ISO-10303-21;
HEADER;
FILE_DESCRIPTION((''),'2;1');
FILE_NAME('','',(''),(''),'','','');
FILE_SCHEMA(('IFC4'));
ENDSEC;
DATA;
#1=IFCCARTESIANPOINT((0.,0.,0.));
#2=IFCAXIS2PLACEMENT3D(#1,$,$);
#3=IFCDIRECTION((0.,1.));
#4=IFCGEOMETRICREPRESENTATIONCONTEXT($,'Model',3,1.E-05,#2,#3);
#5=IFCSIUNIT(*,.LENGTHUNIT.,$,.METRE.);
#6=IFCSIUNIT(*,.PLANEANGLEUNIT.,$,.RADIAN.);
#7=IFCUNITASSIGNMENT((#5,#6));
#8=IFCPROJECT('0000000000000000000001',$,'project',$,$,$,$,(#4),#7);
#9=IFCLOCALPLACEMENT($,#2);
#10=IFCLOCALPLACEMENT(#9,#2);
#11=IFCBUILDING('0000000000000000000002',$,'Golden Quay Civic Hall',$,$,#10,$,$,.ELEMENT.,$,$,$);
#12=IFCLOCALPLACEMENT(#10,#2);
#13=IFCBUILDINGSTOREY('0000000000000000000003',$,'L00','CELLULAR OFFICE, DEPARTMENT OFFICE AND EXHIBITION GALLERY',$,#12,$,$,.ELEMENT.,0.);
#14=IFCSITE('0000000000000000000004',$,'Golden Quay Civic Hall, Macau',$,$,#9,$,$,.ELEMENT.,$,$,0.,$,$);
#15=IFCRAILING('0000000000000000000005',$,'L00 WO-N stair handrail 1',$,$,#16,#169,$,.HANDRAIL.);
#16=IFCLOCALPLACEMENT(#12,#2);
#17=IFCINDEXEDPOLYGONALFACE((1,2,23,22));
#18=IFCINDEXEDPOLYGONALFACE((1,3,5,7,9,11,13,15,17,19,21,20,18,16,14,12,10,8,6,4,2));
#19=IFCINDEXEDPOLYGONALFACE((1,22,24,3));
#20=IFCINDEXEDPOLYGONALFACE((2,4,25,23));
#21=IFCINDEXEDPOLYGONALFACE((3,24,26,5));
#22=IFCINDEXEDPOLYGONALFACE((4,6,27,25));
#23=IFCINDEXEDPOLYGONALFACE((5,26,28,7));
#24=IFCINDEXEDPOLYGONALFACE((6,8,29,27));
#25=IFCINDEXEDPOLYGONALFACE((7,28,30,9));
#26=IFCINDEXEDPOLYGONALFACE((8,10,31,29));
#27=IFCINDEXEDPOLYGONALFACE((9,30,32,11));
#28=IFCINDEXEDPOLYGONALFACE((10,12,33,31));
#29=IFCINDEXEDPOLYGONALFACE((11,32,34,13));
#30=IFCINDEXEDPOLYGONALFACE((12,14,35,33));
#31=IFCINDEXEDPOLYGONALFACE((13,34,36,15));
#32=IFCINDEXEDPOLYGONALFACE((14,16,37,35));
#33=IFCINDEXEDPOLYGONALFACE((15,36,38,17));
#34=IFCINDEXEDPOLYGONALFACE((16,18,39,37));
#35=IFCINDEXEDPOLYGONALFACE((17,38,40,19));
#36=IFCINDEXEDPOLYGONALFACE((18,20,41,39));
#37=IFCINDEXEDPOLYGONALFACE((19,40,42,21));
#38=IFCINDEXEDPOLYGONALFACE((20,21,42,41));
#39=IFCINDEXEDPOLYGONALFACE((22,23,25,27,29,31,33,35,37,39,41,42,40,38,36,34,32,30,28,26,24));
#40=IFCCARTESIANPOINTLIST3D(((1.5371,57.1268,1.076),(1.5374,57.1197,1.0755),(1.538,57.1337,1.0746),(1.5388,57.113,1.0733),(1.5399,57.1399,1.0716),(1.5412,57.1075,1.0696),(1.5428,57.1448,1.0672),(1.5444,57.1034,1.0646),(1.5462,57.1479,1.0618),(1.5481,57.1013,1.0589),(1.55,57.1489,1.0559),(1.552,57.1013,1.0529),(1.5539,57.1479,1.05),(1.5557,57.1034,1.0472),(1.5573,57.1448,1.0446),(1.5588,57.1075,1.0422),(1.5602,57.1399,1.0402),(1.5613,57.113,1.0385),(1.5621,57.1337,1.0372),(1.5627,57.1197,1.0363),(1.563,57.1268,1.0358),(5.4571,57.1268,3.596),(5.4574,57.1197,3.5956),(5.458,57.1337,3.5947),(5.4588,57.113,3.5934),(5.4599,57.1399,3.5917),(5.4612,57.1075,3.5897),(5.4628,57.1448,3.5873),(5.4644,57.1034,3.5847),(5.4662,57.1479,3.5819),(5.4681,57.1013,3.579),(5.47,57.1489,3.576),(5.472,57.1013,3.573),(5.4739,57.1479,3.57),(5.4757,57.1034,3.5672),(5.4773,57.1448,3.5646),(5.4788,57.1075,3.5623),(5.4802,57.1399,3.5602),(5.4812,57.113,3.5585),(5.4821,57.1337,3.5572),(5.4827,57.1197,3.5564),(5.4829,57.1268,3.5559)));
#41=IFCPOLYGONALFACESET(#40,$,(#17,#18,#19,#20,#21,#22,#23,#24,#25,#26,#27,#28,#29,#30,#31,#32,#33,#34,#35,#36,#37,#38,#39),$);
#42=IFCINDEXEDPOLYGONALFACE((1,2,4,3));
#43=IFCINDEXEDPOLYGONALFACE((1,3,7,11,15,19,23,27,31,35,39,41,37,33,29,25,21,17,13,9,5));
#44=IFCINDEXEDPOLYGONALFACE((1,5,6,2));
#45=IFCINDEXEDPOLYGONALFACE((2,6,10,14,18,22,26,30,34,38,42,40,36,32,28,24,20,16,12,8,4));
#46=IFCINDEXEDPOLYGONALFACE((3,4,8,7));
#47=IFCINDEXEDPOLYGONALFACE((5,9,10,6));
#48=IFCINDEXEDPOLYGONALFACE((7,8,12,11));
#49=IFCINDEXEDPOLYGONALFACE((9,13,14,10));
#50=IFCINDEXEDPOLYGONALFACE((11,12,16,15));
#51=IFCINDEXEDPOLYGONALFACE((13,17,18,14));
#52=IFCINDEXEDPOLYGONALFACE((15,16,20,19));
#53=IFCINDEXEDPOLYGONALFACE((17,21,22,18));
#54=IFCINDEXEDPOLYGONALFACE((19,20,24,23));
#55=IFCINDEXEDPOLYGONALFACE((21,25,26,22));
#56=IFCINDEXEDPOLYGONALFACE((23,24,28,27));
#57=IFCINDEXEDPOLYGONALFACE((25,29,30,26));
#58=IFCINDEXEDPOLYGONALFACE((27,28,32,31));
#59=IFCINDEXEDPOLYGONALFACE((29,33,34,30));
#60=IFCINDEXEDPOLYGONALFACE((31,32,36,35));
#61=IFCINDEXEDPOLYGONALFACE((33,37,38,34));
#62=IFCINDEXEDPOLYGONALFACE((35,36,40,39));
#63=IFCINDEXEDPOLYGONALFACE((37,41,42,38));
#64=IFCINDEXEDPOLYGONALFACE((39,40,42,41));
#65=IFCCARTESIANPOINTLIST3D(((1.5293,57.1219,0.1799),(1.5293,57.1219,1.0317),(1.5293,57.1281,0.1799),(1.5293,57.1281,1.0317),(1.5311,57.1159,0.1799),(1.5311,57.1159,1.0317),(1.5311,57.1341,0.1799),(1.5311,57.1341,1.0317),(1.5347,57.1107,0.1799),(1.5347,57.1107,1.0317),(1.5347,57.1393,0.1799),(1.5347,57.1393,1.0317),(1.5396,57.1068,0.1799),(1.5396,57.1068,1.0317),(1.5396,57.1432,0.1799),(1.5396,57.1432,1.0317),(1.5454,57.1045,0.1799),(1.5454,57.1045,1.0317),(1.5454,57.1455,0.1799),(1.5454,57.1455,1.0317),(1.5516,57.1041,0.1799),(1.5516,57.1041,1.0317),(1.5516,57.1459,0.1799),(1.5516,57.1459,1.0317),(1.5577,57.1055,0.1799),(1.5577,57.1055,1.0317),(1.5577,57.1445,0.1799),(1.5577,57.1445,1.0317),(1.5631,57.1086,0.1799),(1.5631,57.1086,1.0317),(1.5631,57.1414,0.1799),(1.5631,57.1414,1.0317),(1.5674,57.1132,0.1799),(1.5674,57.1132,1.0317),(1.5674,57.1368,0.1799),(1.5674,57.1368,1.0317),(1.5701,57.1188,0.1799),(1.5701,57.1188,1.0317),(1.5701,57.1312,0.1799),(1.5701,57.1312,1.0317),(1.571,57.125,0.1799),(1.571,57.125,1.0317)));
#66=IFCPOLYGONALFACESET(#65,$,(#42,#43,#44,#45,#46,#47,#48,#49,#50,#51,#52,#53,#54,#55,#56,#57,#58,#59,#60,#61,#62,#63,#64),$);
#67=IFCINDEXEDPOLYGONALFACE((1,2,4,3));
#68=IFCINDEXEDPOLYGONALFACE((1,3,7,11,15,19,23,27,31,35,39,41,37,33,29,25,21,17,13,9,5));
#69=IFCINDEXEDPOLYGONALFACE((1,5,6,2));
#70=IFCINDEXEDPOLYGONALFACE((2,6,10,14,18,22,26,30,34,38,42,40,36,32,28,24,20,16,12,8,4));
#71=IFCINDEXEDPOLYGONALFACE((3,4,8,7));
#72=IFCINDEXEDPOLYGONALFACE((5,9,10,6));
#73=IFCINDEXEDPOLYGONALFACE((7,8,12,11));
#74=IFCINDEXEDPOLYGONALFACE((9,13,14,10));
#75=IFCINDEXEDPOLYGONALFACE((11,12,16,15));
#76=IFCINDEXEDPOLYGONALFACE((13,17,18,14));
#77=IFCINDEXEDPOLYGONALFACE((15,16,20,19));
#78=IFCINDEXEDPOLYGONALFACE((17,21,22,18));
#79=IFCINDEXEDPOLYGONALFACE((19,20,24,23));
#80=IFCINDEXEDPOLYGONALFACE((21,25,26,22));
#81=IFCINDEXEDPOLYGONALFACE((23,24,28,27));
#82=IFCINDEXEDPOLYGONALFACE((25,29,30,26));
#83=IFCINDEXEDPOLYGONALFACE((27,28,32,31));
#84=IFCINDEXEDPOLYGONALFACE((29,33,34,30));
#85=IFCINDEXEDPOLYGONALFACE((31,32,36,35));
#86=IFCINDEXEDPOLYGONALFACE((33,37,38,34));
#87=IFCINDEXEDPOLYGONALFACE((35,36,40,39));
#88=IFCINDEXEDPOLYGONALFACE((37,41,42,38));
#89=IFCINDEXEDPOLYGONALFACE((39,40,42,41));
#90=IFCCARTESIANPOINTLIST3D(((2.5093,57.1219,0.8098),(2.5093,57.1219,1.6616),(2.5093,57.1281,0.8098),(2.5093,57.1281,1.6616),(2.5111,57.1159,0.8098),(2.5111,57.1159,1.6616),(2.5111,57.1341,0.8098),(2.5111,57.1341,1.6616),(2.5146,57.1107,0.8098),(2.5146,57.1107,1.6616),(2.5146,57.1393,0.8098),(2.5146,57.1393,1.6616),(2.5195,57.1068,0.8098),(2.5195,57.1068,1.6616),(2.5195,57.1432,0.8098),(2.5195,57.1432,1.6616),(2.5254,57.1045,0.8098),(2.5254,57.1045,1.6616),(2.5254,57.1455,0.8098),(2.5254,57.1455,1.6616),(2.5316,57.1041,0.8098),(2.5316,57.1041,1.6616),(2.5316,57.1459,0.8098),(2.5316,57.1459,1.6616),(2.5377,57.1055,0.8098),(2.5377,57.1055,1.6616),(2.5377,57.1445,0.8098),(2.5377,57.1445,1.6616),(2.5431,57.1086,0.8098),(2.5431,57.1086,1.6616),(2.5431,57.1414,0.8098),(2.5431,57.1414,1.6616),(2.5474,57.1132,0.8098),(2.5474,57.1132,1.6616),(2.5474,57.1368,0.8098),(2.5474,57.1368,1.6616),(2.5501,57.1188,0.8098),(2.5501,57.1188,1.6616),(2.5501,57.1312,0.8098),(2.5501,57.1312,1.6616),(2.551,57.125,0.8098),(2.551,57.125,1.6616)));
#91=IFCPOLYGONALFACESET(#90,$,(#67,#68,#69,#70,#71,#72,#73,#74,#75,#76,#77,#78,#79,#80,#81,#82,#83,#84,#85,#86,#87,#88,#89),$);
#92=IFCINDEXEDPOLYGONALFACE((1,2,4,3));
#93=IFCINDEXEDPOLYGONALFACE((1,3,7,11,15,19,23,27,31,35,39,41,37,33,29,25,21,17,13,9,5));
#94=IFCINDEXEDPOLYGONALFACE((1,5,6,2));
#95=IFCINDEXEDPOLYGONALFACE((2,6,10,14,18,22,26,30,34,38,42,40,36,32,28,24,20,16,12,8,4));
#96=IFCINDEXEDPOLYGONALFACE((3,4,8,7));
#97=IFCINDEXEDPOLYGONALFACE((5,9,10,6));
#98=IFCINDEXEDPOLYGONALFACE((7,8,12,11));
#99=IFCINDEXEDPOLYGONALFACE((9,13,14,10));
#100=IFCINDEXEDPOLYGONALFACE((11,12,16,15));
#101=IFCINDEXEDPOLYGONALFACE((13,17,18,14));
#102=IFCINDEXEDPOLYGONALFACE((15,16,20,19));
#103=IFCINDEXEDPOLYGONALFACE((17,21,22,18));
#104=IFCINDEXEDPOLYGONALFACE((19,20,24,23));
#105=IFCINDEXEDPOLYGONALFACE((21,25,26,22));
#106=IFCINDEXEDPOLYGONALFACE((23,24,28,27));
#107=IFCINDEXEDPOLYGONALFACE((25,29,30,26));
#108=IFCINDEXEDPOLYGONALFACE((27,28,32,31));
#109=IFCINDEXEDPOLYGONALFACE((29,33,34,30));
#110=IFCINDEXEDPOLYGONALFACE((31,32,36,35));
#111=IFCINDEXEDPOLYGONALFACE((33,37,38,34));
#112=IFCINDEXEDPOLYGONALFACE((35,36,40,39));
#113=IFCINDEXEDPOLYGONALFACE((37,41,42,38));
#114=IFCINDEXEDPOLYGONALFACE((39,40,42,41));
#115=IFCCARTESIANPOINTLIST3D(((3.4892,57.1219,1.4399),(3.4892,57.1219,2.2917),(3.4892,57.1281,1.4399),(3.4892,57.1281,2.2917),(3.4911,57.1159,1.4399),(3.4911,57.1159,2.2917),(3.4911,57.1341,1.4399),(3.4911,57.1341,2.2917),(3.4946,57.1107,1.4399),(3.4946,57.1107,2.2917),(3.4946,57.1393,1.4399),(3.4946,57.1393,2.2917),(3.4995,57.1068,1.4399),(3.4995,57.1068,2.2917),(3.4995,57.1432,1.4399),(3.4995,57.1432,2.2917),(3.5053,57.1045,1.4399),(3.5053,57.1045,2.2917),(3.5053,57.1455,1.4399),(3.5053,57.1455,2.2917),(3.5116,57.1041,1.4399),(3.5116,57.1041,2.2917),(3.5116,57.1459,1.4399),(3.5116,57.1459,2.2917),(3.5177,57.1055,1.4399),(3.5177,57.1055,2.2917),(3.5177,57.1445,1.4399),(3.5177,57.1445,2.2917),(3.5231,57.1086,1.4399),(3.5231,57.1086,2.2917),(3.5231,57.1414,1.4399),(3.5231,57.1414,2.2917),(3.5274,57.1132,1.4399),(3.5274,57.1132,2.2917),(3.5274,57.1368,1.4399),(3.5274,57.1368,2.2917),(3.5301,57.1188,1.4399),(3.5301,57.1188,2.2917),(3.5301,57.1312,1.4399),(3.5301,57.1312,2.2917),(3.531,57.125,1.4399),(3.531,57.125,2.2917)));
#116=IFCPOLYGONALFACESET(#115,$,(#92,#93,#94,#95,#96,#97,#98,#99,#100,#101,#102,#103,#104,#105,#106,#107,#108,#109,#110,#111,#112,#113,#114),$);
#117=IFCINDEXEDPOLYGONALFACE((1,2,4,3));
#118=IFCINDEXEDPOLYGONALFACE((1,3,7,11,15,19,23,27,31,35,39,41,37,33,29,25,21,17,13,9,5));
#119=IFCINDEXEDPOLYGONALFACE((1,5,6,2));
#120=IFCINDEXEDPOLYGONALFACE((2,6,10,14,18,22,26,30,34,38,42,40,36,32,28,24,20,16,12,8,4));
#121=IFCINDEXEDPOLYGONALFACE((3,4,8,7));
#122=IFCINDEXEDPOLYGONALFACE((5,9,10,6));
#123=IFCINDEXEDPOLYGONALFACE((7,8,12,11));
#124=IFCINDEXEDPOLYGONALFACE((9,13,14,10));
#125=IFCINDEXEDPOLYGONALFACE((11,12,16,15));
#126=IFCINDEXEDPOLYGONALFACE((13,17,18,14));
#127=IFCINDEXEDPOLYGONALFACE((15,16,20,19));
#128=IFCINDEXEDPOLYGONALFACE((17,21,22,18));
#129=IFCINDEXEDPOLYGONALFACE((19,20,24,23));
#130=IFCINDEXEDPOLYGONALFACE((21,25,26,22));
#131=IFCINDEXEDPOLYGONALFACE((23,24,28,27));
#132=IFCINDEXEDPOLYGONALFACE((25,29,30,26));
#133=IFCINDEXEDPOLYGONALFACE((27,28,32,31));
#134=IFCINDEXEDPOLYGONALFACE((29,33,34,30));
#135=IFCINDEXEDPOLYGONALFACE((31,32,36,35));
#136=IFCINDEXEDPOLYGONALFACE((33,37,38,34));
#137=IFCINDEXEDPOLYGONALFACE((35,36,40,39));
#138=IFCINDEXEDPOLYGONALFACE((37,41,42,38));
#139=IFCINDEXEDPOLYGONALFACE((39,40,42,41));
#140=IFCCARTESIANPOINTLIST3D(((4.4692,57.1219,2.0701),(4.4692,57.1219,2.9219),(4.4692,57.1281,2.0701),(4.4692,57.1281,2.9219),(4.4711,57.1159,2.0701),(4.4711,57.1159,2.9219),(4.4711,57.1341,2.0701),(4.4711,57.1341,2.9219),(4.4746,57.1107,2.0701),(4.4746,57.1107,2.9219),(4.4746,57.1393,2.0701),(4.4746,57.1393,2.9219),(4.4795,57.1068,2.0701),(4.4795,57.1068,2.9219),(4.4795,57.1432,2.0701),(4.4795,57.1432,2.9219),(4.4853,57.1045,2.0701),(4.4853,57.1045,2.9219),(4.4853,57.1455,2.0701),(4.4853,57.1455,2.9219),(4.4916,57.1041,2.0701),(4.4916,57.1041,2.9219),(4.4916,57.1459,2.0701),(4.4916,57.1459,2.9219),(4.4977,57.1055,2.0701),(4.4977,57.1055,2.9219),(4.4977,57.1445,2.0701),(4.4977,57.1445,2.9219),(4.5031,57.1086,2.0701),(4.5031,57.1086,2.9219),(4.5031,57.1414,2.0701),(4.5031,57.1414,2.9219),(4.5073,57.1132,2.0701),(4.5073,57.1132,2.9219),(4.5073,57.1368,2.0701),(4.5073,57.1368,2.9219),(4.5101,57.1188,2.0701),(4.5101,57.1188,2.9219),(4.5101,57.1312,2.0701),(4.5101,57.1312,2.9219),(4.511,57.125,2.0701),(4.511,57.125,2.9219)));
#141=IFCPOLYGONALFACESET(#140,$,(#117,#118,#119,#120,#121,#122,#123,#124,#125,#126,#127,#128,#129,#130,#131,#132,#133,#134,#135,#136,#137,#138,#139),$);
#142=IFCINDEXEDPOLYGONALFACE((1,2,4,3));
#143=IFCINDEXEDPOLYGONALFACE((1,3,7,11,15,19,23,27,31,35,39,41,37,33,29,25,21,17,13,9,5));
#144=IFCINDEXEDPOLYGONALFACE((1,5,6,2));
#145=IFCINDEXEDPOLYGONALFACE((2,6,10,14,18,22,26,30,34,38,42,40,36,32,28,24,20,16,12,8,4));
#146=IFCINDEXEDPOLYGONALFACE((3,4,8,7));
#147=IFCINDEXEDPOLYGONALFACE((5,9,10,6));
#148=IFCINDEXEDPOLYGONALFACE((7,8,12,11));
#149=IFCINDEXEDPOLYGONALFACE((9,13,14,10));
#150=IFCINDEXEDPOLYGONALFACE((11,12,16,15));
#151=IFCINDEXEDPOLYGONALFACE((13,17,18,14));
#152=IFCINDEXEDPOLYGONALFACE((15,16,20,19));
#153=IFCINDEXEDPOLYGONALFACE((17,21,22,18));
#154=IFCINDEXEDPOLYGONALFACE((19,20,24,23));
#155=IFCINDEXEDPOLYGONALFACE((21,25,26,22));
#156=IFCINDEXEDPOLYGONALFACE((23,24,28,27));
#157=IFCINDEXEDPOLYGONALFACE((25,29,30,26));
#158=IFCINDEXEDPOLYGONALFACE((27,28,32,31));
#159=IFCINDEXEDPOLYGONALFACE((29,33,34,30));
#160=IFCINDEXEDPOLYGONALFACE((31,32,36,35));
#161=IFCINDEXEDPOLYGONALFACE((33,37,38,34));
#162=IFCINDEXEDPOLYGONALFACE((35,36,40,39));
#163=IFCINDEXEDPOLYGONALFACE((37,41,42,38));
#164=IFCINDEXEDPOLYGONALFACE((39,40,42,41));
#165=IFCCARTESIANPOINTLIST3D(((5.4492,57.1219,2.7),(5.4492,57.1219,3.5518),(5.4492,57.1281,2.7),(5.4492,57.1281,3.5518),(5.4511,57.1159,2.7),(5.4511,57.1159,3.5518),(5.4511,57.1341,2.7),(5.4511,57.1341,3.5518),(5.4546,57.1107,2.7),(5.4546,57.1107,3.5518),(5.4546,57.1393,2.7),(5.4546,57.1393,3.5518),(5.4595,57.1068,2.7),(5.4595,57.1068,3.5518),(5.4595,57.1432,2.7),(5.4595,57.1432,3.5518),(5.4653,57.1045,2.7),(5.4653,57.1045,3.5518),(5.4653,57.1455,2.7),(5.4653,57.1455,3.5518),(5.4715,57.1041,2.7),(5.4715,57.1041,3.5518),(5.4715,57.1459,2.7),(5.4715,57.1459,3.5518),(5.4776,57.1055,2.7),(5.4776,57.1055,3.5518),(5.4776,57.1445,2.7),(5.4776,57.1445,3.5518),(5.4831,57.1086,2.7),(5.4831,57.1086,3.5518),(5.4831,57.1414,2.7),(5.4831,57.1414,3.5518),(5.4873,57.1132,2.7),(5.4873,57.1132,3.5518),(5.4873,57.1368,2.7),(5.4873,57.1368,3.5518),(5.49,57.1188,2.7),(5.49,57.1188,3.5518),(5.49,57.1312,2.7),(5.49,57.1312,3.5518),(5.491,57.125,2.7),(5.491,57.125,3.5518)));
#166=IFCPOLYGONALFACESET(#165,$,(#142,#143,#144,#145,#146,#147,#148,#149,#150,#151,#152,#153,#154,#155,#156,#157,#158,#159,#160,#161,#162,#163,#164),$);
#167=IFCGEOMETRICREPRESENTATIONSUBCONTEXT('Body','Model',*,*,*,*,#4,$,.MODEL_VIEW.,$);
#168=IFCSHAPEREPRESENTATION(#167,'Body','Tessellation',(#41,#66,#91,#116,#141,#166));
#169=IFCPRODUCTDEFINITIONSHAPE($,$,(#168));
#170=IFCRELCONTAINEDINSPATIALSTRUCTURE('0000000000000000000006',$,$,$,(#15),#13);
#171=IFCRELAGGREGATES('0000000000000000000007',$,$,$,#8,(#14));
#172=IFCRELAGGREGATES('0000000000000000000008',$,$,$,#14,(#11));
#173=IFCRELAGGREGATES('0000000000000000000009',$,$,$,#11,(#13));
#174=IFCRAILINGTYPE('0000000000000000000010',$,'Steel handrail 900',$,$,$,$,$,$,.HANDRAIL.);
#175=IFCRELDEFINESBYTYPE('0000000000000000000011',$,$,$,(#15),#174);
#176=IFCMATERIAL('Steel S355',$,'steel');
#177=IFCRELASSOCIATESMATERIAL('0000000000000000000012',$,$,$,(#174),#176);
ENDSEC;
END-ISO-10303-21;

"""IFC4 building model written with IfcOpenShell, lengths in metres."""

from ifc_helpers import new_model, si_unit, direction, frame, origin, origin_2d, place, context, subcontext, project, spatial, circle, extrude, material, type_object, element, save


model = new_model("IFC4")

# Units and contexts
model_context = context("Model", 3, precision=1e-05, world=origin(), true_north=direction((0.0, 1.0)))
body_context = subcontext(model_context, "Body", "Model", "MODEL_VIEW")
ifc_project = project(units=[si_unit("LENGTHUNIT", "METRE"), si_unit("PLANEANGLEUNIT", "RADIAN")], contexts=[model_context])

# Site, building, storey
site_placement = place(None, origin())
site = spatial("IfcSite", under=ifc_project, at=site_placement, Name="Golden Quay Civic Hall, Macau", CompositionType="ELEMENT", RefElevation=0.0)
building_placement = place(site_placement, origin())
building = spatial("IfcBuilding", under=site, at=building_placement, Name="Golden Quay Civic Hall", CompositionType="ELEMENT")
storey_placement = place(building_placement, origin())
storey = spatial("IfcBuildingStorey", under=building, at=storey_placement, Name="L00", Description="CELLULAR OFFICE, DEPARTMENT OFFICE AND EXHIBITION GALLERY", CompositionType="ELEMENT", Elevation=0.0)

# Railing
ifc_material_1 = material(Name="Steel S355", Category="steel")
railing_type_1 = type_object("IfcRailingType", Name="Steel handrail 900", PredefinedType="HANDRAIL", material=ifc_material_1)
railing_1_placement = place(storey_placement, frame((1.55, 57.125, 0.1799)))
element("IfcRailing", 1, at=railing_1_placement, inside=storey, type_object=railing_type_1, Name="L00 WO-N stair handrail 1", PredefinedType="HANDRAIL", context=body_context, shape_type="SweptSolid", body=[
    extrude(circle(Radius=0.0239, at=origin_2d()), frame((0.0, 0.0, 0.876), z_axis=(0.841172, 0.0, 0.540768), x_axis=(0.0, 1.0, 0.0)), (0.0, 0.0, 1.0), 4.6602),
    extrude(circle(Radius=0.021, at=origin_2d()), origin(), (0.0, 0.0, 1.0), 0.8518),
    extrude(circle(Radius=0.021, at=origin_2d()), frame((0.98, 0.0, 0.6299)), (0.0, 0.0, 1.0), 0.8518),
    extrude(circle(Radius=0.021, at=origin_2d()), frame((1.96, 0.0, 1.26)), (0.0, 0.0, 1.0), 0.8518),
    extrude(circle(Radius=0.021, at=origin_2d()), frame((2.9399, 0.0, 1.8901)), (0.0, 0.0, 1.0), 0.8518),
    extrude(circle(Radius=0.021, at=origin_2d()), frame((3.9199, 0.0, 2.52)), (0.0, 0.0, 1.0), 0.8518),
])

save(model, "model.ifc")
